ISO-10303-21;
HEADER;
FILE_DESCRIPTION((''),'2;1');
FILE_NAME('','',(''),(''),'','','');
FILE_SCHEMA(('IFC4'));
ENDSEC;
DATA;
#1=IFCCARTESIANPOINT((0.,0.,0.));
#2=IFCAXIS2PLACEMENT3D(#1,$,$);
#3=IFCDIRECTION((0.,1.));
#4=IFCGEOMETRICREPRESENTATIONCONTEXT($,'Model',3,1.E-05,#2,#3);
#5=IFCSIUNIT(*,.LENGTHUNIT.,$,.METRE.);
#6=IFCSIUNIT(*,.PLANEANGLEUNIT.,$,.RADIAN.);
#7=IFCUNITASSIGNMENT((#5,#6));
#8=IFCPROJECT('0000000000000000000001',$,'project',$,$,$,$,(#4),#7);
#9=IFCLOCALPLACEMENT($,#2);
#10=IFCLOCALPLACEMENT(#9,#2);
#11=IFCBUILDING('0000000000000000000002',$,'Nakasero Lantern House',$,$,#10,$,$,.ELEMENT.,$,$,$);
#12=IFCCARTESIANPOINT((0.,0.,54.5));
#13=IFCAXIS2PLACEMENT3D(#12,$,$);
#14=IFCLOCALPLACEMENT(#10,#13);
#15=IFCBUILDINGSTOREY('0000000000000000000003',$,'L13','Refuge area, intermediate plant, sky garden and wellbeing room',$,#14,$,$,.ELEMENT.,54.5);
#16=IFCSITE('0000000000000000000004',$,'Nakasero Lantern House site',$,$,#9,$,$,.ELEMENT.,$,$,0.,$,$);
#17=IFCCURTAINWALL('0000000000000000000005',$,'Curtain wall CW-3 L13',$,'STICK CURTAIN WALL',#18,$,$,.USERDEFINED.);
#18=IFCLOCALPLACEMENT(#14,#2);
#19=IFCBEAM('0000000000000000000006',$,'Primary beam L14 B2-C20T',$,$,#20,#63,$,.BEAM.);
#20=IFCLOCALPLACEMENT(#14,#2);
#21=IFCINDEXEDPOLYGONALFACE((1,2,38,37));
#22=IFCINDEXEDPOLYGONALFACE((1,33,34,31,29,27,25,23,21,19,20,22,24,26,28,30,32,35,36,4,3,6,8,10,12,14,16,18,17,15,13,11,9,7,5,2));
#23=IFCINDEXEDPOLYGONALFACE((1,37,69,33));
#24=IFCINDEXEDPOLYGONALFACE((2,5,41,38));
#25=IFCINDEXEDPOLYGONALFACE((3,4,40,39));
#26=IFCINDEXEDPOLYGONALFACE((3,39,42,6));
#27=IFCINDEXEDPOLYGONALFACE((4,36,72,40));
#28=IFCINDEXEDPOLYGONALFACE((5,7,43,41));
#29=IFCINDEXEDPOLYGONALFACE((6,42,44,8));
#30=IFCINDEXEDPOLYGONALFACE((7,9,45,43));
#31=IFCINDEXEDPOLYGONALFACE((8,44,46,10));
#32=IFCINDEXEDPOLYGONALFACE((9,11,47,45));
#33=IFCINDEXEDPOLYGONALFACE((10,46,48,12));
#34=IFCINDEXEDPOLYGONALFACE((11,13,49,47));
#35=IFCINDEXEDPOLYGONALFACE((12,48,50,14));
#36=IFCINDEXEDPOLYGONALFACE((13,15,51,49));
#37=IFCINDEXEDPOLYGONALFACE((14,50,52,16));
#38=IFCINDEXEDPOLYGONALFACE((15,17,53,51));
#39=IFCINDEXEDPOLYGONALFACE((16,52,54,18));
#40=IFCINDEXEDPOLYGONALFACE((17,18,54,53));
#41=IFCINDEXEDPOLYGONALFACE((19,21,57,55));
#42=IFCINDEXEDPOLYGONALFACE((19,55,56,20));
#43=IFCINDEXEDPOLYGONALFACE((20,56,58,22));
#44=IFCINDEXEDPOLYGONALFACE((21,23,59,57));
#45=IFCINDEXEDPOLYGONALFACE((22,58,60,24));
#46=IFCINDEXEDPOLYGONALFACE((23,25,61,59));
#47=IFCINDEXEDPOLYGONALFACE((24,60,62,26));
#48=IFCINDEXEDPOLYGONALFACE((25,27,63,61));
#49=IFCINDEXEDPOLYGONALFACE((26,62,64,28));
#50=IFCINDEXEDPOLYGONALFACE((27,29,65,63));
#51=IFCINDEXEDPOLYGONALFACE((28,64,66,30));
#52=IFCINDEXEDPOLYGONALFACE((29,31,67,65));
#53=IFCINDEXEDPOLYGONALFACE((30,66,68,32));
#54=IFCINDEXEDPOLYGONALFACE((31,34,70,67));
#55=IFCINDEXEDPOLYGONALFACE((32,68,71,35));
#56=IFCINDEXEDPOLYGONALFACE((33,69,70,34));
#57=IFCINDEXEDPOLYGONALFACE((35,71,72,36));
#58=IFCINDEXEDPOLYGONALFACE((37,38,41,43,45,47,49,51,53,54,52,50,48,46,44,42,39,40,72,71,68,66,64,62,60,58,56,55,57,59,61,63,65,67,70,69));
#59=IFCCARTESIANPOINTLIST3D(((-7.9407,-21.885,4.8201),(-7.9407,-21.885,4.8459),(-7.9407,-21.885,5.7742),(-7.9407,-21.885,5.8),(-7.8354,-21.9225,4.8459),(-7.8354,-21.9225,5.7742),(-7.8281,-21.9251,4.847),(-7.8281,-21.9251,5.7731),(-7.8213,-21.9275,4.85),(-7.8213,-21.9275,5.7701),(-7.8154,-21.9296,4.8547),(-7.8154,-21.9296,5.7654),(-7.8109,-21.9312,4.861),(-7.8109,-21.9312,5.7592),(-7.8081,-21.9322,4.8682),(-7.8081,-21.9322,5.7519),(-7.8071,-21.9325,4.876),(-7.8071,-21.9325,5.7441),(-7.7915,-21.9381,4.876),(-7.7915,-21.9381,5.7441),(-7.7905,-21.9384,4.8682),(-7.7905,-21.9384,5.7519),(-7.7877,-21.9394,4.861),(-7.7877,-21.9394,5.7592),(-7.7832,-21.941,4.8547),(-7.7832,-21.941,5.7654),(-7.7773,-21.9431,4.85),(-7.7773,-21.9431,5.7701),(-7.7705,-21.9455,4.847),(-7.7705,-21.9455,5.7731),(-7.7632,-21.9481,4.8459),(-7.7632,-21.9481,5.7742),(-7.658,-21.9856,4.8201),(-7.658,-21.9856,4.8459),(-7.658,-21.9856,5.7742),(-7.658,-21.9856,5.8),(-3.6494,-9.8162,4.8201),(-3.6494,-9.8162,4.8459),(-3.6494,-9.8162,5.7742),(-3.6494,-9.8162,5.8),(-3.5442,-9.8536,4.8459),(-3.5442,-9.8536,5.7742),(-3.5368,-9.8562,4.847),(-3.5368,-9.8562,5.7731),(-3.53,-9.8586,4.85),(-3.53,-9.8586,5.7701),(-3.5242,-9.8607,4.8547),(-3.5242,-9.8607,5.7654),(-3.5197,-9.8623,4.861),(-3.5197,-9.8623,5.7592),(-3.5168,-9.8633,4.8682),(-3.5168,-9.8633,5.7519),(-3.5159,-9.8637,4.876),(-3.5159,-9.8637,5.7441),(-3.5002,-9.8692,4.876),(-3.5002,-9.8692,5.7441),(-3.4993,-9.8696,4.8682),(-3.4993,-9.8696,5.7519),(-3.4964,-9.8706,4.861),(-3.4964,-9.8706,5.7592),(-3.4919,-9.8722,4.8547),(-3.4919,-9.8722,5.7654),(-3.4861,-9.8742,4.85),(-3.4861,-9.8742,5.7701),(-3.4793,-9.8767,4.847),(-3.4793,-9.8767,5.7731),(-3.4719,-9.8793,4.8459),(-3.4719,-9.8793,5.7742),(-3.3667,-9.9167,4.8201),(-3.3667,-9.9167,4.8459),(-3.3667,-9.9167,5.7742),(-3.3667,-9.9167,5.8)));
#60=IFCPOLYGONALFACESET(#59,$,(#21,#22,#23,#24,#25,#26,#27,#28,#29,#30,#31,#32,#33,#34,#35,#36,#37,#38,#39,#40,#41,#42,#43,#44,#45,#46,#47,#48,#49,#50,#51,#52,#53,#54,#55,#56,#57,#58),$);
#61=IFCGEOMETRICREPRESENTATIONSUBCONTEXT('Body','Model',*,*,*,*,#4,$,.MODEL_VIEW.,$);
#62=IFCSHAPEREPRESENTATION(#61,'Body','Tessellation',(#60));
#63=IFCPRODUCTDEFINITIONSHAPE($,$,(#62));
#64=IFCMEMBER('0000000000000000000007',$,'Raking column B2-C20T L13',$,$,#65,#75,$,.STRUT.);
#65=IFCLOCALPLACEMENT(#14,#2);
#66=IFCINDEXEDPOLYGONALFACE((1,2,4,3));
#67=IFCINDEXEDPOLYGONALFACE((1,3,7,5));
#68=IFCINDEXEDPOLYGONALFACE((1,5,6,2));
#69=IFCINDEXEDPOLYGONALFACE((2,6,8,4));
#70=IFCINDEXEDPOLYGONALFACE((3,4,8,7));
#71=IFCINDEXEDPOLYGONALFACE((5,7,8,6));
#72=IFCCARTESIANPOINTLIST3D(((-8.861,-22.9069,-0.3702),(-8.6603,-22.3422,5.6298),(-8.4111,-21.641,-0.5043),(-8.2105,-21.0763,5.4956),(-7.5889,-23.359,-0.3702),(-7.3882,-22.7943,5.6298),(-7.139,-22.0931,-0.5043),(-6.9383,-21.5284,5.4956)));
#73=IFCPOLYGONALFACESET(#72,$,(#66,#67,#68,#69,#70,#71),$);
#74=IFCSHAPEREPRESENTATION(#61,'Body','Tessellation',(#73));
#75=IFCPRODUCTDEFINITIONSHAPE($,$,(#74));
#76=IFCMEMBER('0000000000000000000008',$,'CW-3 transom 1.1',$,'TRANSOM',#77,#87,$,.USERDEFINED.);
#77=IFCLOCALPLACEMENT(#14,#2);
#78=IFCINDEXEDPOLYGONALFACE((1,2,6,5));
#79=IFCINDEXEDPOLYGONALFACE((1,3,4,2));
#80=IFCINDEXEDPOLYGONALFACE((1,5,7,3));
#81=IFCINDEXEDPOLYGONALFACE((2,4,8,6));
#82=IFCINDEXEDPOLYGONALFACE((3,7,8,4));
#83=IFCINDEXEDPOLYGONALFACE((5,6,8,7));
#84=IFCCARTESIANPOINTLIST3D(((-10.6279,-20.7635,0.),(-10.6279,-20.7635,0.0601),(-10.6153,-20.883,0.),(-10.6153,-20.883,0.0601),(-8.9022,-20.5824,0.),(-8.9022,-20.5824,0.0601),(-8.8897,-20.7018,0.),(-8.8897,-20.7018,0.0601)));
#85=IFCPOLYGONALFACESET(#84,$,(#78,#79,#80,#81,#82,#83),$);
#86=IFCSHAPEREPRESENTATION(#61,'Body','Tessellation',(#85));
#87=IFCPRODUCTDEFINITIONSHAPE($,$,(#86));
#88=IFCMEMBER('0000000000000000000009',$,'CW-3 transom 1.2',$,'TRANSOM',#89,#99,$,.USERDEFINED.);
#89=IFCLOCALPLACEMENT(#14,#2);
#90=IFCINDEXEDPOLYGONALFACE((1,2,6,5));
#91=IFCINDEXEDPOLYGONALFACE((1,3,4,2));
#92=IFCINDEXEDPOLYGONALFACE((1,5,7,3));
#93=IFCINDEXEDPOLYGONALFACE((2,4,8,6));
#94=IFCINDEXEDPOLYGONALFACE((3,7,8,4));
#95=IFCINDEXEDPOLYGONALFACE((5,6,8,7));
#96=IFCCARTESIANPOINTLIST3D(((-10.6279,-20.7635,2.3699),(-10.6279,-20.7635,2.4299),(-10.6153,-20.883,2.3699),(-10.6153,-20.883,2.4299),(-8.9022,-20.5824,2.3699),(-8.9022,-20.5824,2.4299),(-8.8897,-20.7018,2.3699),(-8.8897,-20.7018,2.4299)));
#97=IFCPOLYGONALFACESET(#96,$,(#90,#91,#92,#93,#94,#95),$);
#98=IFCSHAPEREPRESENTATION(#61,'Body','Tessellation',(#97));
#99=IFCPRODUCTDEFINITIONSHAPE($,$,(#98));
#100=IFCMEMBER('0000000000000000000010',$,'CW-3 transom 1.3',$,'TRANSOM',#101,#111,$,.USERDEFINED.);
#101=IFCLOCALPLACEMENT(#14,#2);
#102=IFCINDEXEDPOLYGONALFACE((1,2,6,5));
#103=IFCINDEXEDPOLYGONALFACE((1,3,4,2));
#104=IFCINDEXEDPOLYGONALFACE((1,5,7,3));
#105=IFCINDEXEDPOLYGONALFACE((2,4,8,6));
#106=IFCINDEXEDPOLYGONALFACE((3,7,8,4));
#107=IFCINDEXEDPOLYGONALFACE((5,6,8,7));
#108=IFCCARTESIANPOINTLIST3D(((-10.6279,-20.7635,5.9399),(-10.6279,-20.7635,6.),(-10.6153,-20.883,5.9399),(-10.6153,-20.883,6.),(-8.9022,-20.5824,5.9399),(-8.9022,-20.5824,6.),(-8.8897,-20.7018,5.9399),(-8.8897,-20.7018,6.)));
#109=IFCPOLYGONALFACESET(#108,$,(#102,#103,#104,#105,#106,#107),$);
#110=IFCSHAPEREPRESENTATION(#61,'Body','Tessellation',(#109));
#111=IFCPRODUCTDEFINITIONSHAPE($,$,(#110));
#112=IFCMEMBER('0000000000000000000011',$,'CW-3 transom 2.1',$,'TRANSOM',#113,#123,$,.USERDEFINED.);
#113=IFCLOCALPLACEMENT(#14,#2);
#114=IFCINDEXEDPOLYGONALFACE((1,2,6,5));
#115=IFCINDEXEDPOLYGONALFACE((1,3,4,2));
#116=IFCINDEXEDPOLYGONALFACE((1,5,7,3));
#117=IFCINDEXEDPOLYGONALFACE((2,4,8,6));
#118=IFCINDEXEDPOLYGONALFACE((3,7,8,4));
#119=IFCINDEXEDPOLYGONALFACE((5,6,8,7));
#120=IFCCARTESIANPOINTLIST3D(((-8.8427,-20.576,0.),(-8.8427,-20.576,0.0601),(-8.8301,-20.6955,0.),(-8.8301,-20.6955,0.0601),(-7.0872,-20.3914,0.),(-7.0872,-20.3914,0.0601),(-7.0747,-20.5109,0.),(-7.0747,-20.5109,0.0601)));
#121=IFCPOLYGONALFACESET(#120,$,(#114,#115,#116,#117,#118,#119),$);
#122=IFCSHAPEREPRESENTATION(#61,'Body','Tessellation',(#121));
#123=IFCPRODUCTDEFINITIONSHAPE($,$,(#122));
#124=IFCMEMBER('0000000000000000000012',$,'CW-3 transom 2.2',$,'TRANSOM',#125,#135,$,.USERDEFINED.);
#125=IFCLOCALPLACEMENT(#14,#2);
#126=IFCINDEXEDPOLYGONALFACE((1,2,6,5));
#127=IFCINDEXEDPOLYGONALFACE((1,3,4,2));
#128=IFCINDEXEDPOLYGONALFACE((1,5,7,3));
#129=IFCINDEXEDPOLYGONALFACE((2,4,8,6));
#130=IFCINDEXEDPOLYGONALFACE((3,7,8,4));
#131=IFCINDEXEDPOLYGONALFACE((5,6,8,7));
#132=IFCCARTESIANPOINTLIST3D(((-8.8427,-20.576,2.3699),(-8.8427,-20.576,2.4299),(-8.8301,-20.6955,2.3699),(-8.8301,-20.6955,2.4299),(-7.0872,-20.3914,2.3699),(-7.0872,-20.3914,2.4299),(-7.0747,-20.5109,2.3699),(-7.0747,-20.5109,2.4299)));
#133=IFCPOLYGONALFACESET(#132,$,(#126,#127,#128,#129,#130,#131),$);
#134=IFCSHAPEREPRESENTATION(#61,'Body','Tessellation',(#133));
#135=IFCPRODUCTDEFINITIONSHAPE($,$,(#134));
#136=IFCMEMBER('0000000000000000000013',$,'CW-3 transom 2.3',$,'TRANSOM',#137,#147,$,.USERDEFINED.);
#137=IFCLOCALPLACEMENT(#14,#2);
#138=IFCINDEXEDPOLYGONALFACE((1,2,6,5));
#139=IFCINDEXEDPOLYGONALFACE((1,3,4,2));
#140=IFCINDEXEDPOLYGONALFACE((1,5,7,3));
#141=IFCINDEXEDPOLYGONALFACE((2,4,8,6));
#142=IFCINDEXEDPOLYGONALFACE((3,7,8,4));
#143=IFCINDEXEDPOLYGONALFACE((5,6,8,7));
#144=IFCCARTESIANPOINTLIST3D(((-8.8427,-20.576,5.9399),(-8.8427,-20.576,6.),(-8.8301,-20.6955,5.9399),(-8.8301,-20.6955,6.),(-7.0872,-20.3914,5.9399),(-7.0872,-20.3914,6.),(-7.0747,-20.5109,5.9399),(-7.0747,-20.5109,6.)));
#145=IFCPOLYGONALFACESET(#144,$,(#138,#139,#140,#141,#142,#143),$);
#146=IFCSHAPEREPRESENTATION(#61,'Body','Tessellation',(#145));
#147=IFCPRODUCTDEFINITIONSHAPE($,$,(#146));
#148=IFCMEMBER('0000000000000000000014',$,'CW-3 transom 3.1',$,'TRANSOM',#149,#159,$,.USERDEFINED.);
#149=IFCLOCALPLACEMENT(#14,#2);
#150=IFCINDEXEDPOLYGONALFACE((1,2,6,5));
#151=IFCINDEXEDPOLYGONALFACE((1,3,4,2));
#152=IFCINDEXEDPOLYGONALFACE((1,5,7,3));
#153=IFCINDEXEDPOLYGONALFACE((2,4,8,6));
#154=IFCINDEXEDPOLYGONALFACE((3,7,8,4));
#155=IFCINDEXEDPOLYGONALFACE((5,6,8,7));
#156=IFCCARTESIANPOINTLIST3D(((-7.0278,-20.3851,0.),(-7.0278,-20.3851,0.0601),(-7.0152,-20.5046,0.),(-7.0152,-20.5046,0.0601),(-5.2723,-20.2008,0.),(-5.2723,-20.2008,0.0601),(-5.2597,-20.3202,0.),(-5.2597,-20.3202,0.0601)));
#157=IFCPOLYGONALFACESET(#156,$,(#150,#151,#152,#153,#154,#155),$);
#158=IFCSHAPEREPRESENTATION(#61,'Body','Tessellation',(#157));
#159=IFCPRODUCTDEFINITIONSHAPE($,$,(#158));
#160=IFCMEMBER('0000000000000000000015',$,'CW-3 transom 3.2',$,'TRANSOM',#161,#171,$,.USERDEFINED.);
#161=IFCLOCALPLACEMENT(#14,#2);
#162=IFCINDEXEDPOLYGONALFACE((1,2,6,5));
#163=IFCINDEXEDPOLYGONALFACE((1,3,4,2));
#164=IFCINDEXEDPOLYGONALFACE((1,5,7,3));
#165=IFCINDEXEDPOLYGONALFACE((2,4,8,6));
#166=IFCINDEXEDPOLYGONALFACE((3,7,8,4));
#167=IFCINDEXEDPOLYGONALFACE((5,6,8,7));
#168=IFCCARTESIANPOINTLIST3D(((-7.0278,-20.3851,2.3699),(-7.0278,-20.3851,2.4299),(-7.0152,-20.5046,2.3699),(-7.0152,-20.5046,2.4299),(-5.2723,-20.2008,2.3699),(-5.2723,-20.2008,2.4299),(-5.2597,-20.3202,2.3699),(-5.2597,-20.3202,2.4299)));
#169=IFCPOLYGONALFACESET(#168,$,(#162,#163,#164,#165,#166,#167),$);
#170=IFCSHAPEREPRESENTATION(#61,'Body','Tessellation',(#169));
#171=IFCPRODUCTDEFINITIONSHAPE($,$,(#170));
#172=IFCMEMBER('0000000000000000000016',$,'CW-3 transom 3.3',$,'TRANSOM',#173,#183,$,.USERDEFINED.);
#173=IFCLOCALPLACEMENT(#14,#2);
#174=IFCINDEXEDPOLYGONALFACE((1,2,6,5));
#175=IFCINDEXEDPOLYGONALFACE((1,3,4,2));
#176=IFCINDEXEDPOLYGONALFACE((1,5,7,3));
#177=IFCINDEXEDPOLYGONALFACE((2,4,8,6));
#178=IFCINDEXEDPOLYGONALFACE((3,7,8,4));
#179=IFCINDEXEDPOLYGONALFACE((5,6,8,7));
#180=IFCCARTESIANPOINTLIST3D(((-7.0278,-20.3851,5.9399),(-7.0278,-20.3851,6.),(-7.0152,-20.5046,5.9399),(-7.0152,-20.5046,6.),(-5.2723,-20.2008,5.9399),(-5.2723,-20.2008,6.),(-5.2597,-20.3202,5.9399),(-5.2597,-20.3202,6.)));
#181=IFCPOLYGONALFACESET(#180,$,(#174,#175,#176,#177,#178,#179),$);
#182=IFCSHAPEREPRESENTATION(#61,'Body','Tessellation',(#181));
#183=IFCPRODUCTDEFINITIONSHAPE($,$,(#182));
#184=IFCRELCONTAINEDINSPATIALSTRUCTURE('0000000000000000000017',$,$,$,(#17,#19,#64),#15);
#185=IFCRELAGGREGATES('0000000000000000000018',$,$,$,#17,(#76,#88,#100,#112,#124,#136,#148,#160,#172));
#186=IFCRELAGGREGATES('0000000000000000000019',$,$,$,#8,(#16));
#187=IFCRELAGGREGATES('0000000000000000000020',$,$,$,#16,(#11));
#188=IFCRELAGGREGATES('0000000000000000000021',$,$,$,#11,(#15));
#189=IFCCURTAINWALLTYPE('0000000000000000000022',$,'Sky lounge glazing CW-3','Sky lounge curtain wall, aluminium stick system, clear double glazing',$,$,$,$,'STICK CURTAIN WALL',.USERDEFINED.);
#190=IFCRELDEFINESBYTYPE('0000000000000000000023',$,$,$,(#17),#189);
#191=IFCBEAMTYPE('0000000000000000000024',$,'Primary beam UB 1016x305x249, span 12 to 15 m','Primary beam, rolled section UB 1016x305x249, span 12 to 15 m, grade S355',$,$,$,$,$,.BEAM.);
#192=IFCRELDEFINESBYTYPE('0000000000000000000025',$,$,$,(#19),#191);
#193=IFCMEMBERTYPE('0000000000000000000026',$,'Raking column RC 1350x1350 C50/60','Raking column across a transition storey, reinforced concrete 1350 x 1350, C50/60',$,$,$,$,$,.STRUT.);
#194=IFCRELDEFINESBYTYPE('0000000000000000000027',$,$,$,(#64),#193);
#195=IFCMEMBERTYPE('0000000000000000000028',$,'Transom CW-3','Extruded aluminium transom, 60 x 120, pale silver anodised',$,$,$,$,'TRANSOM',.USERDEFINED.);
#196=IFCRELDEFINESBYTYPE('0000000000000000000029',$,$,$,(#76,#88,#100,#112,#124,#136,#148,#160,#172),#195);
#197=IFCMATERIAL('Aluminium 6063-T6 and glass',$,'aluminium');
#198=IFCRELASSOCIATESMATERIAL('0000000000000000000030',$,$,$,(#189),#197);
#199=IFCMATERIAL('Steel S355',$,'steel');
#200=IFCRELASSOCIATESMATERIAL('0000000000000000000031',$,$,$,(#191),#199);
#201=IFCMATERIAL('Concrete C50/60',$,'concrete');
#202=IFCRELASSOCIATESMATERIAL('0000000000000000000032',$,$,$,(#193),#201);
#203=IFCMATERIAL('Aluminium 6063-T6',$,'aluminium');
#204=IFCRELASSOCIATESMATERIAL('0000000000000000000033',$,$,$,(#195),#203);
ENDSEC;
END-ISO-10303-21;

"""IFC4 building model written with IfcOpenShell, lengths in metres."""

from ifc_helpers import new_model, si_unit, direction, frame, origin, origin_2d, place, context, subcontext, project, spatial, rectangle, i_section, extrude, material, material_profile, profile_set, type_object, element, aggregate, save


model = new_model("IFC4")

# Units and contexts
model_context = context("Model", 3, precision=1e-05, world=origin(), true_north=direction((0.0, 1.0)))
body_context = subcontext(model_context, "Body", "Model", "MODEL_VIEW")
ifc_project = project(units=[si_unit("LENGTHUNIT", "METRE"), si_unit("PLANEANGLEUNIT", "RADIAN")], contexts=[model_context])

# Site, building, storey
site_placement = place(None, origin())
site = spatial("IfcSite", under=ifc_project, at=site_placement, Name="Nakasero Lantern House site", CompositionType="ELEMENT", RefElevation=0.0)
building_placement = place(site_placement, origin())
building = spatial("IfcBuilding", under=site, at=building_placement, Name="Nakasero Lantern House", CompositionType="ELEMENT")
storey_placement = place(building_placement, frame((0.0, 0.0, 54.5)))
storey = spatial("IfcBuildingStorey", under=building, at=storey_placement, Name="L13", Description="Refuge area, intermediate plant, sky garden and wellbeing room", CompositionType="ELEMENT", Elevation=54.5)

# Shared definitions
ifc_material_1 = material(Name="Aluminium 6063-T6 and glass", Category="aluminium")
curtain_wall_type = type_object("IfcCurtainWallType", Name="Sky lounge glazing CW-3", Description="Sky lounge curtain wall, aluminium stick system, clear double glazing", ElementType="STICK CURTAIN WALL", PredefinedType="USERDEFINED", material=ifc_material_1)

# Curtain wall
curtain_wall_1_placement = place(storey_placement, origin())
curtain_wall_1 = element("IfcCurtainWall", 1, at=curtain_wall_1_placement, inside=storey, type_object=curtain_wall_type, Name="Curtain wall CW-3 L13", ObjectType="STICK CURTAIN WALL", PredefinedType="USERDEFINED")

# Beam
ifc_material_2 = material(Name="Steel S355", Category="steel")
ifc_material_profile_1 = material_profile(ifc_material_2, i_section(OverallWidth=0.3, OverallDepth=0.98, WebThickness=0.0166, FlangeThickness=0.0259, FilletRadius=0.03, at=origin_2d()), Name="UB 1016x305x249")
ifc_profile_set_1 = profile_set([ifc_material_profile_1], Name="Steel S355")
beam_type = type_object("IfcBeamType", Name="Primary beam UB 1016x305x249, span 12 to 15 m", Description="Primary beam, rolled section UB 1016x305x249, span 12 to 15 m, grade S355", PredefinedType="BEAM", material=ifc_profile_set_1)
beam_placement = place(storey_placement, frame((-7.7993, -21.9353, 5.3101), z_axis=(0.335018, 0.942212, 0.0), x_axis=(-0.942212, 0.335018, 0.0)))
element("IfcBeam", 2, at=beam_placement, inside=storey, type_object=beam_type, Name="Primary beam L14 B2-C20T", PredefinedType="BEAM", context=body_context, shape_type="SweptSolid", body=[
    extrude(i_section(OverallWidth=0.3, OverallDepth=0.98, WebThickness=0.0166, FlangeThickness=0.0259, FilletRadius=0.03, at=origin_2d()), origin(), (0.0, 0.0, 1.0), 12.8091),
])

# Members
ifc_material_3 = material(Name="Concrete C50/60", Category="concrete")
ifc_material_profile_2 = material_profile(ifc_material_3, rectangle(XDim=1.3501, YDim=1.3501, at=origin_2d()), Name="RC 1350x1350")
ifc_profile_set_2 = profile_set([ifc_material_profile_2], Name="Concrete C50/60")
member_type_1 = type_object("IfcMemberType", Name="Raking column RC 1350x1350 C50/60", Description="Raking column across a transition storey, reinforced concrete 1350 x 1350, C50/60", PredefinedType="STRUT", material=ifc_profile_set_2)
member_1_placement = place(storey_placement, frame((-8.0, -22.5, -0.4373), z_axis=(0.033282, 0.09365, 0.995049), x_axis=(-0.942266, 0.334865, 0.0)))
element("IfcMember", 3, at=member_1_placement, inside=storey, type_object=member_type_1, Name="Raking column B2-C20T L13", PredefinedType="STRUT", context=body_context, shape_type="SweptSolid", body=[
    extrude(rectangle(XDim=1.3501, YDim=1.3501, at=origin_2d()), origin(), (0.0, 0.0, 1.0), 6.0298),
])
ifc_material_4 = material(Name="Aluminium 6063-T6", Category="aluminium")
ifc_material_profile_3 = material_profile(ifc_material_4, rectangle(XDim=0.0601, YDim=0.1201, at=origin_2d()), Name="CW-3 transom 60x120")
ifc_profile_set_3 = profile_set([ifc_material_profile_3], Name="Aluminium 6063-T6")
member_type_2 = type_object("IfcMemberType", Name="Transom CW-3", Description="Extruded aluminium transom, 60 x 120, pale silver anodised", ElementType="TRANSOM", PredefinedType="USERDEFINED", material=ifc_profile_set_3)
member_2_placement = place(storey_placement, frame((-10.6216, -20.8232, 0.03), z_axis=(0.994535, 0.104406, 0.0), x_axis=(0.0, 0.0, 1.0)))
member_2 = element("IfcMember", 4, at=member_2_placement, type_object=member_type_2, Name="CW-3 transom 1.1", ObjectType="TRANSOM", PredefinedType="USERDEFINED", context=body_context, shape_type="SweptSolid", body=[
    extrude(rectangle(XDim=0.0601, YDim=0.1201, at=origin_2d()), origin(), (0.0, 0.0, 1.0), 1.7351),
])
member_3_placement = place(storey_placement, frame((-10.6216, -20.8232, 2.3999), z_axis=(0.994535, 0.104406, 0.0), x_axis=(0.0, 0.0, 1.0)))
member_3 = element("IfcMember", 5, at=member_3_placement, type_object=member_type_2, Name="CW-3 transom 1.2", ObjectType="TRANSOM", PredefinedType="USERDEFINED", context=body_context, shape_type="SweptSolid", body=[
    extrude(rectangle(XDim=0.0601, YDim=0.1201, at=origin_2d()), origin(), (0.0, 0.0, 1.0), 1.7351),
])
member_4_placement = place(storey_placement, frame((-10.6216, -20.8232, 5.97), z_axis=(0.994535, 0.104406, 0.0), x_axis=(0.0, 0.0, 1.0)))
member_4 = element("IfcMember", 6, at=member_4_placement, type_object=member_type_2, Name="CW-3 transom 1.3", ObjectType="TRANSOM", PredefinedType="USERDEFINED", context=body_context, shape_type="SweptSolid", body=[
    extrude(rectangle(XDim=0.0601, YDim=0.1201, at=origin_2d()), origin(), (0.0, 0.0, 1.0), 1.7351),
])
member_5_placement = place(storey_placement, frame((-8.8364, -20.6357, 0.03), z_axis=(0.994518, 0.10457, 0.0), x_axis=(0.0, 0.0, 1.0)))
member_5 = element("IfcMember", 7, at=member_5_placement, type_object=member_type_2, Name="CW-3 transom 2.1", ObjectType="TRANSOM", PredefinedType="USERDEFINED", context=body_context, shape_type="SweptSolid", body=[
    extrude(rectangle(XDim=0.0601, YDim=0.1201, at=origin_2d()), origin(), (0.0, 0.0, 1.0), 1.7651),
])
member_6_placement = place(storey_placement, frame((-8.8364, -20.6357, 2.3999), z_axis=(0.994518, 0.10457, 0.0), x_axis=(0.0, 0.0, 1.0)))
member_6 = element("IfcMember", 8, at=member_6_placement, type_object=member_type_2, Name="CW-3 transom 2.2", ObjectType="TRANSOM", PredefinedType="USERDEFINED", context=body_context, shape_type="SweptSolid", body=[
    extrude(rectangle(XDim=0.0601, YDim=0.1201, at=origin_2d()), origin(), (0.0, 0.0, 1.0), 1.7651),
])
member_7_placement = place(storey_placement, frame((-8.8364, -20.6357, 5.97), z_axis=(0.994518, 0.10457, 0.0), x_axis=(0.0, 0.0, 1.0)))
member_7 = element("IfcMember", 9, at=member_7_placement, type_object=member_type_2, Name="CW-3 transom 2.3", ObjectType="TRANSOM", PredefinedType="USERDEFINED", context=body_context, shape_type="SweptSolid", body=[
    extrude(rectangle(XDim=0.0601, YDim=0.1201, at=origin_2d()), origin(), (0.0, 0.0, 1.0), 1.7651),
])
member_8_placement = place(storey_placement, frame((-7.0215, -20.4448, 0.03), z_axis=(0.994532, 0.104433, 0.0), x_axis=(0.0, 0.0, 1.0)))
member_8 = element("IfcMember", 10, at=member_8_placement, type_object=member_type_2, Name="CW-3 transom 3.1", ObjectType="TRANSOM", PredefinedType="USERDEFINED", context=body_context, shape_type="SweptSolid", body=[
    extrude(rectangle(XDim=0.0601, YDim=0.1201, at=origin_2d()), origin(), (0.0, 0.0, 1.0), 1.7651),
])
member_9_placement = place(storey_placement, frame((-7.0215, -20.4448, 2.3999), z_axis=(0.994532, 0.104433, 0.0), x_axis=(0.0, 0.0, 1.0)))
member_9 = element("IfcMember", 11, at=member_9_placement, type_object=member_type_2, Name="CW-3 transom 3.2", ObjectType="TRANSOM", PredefinedType="USERDEFINED", context=body_context, shape_type="SweptSolid", body=[
    extrude(rectangle(XDim=0.0601, YDim=0.1201, at=origin_2d()), origin(), (0.0, 0.0, 1.0), 1.7651),
])
member_10_placement = place(storey_placement, frame((-7.0215, -20.4448, 5.97), z_axis=(0.994532, 0.104433, 0.0), x_axis=(0.0, 0.0, 1.0)))
member_10 = element("IfcMember", 12, at=member_10_placement, type_object=member_type_2, Name="CW-3 transom 3.3", ObjectType="TRANSOM", PredefinedType="USERDEFINED", context=body_context, shape_type="SweptSolid", body=[
    extrude(rectangle(XDim=0.0601, YDim=0.1201, at=origin_2d()), origin(), (0.0, 0.0, 1.0), 1.7651),
])

aggregate(curtain_wall_1, [member_2, member_3, member_4, member_5, member_6, member_7, member_8, member_9, member_10])

save(model, "model.ifc")
